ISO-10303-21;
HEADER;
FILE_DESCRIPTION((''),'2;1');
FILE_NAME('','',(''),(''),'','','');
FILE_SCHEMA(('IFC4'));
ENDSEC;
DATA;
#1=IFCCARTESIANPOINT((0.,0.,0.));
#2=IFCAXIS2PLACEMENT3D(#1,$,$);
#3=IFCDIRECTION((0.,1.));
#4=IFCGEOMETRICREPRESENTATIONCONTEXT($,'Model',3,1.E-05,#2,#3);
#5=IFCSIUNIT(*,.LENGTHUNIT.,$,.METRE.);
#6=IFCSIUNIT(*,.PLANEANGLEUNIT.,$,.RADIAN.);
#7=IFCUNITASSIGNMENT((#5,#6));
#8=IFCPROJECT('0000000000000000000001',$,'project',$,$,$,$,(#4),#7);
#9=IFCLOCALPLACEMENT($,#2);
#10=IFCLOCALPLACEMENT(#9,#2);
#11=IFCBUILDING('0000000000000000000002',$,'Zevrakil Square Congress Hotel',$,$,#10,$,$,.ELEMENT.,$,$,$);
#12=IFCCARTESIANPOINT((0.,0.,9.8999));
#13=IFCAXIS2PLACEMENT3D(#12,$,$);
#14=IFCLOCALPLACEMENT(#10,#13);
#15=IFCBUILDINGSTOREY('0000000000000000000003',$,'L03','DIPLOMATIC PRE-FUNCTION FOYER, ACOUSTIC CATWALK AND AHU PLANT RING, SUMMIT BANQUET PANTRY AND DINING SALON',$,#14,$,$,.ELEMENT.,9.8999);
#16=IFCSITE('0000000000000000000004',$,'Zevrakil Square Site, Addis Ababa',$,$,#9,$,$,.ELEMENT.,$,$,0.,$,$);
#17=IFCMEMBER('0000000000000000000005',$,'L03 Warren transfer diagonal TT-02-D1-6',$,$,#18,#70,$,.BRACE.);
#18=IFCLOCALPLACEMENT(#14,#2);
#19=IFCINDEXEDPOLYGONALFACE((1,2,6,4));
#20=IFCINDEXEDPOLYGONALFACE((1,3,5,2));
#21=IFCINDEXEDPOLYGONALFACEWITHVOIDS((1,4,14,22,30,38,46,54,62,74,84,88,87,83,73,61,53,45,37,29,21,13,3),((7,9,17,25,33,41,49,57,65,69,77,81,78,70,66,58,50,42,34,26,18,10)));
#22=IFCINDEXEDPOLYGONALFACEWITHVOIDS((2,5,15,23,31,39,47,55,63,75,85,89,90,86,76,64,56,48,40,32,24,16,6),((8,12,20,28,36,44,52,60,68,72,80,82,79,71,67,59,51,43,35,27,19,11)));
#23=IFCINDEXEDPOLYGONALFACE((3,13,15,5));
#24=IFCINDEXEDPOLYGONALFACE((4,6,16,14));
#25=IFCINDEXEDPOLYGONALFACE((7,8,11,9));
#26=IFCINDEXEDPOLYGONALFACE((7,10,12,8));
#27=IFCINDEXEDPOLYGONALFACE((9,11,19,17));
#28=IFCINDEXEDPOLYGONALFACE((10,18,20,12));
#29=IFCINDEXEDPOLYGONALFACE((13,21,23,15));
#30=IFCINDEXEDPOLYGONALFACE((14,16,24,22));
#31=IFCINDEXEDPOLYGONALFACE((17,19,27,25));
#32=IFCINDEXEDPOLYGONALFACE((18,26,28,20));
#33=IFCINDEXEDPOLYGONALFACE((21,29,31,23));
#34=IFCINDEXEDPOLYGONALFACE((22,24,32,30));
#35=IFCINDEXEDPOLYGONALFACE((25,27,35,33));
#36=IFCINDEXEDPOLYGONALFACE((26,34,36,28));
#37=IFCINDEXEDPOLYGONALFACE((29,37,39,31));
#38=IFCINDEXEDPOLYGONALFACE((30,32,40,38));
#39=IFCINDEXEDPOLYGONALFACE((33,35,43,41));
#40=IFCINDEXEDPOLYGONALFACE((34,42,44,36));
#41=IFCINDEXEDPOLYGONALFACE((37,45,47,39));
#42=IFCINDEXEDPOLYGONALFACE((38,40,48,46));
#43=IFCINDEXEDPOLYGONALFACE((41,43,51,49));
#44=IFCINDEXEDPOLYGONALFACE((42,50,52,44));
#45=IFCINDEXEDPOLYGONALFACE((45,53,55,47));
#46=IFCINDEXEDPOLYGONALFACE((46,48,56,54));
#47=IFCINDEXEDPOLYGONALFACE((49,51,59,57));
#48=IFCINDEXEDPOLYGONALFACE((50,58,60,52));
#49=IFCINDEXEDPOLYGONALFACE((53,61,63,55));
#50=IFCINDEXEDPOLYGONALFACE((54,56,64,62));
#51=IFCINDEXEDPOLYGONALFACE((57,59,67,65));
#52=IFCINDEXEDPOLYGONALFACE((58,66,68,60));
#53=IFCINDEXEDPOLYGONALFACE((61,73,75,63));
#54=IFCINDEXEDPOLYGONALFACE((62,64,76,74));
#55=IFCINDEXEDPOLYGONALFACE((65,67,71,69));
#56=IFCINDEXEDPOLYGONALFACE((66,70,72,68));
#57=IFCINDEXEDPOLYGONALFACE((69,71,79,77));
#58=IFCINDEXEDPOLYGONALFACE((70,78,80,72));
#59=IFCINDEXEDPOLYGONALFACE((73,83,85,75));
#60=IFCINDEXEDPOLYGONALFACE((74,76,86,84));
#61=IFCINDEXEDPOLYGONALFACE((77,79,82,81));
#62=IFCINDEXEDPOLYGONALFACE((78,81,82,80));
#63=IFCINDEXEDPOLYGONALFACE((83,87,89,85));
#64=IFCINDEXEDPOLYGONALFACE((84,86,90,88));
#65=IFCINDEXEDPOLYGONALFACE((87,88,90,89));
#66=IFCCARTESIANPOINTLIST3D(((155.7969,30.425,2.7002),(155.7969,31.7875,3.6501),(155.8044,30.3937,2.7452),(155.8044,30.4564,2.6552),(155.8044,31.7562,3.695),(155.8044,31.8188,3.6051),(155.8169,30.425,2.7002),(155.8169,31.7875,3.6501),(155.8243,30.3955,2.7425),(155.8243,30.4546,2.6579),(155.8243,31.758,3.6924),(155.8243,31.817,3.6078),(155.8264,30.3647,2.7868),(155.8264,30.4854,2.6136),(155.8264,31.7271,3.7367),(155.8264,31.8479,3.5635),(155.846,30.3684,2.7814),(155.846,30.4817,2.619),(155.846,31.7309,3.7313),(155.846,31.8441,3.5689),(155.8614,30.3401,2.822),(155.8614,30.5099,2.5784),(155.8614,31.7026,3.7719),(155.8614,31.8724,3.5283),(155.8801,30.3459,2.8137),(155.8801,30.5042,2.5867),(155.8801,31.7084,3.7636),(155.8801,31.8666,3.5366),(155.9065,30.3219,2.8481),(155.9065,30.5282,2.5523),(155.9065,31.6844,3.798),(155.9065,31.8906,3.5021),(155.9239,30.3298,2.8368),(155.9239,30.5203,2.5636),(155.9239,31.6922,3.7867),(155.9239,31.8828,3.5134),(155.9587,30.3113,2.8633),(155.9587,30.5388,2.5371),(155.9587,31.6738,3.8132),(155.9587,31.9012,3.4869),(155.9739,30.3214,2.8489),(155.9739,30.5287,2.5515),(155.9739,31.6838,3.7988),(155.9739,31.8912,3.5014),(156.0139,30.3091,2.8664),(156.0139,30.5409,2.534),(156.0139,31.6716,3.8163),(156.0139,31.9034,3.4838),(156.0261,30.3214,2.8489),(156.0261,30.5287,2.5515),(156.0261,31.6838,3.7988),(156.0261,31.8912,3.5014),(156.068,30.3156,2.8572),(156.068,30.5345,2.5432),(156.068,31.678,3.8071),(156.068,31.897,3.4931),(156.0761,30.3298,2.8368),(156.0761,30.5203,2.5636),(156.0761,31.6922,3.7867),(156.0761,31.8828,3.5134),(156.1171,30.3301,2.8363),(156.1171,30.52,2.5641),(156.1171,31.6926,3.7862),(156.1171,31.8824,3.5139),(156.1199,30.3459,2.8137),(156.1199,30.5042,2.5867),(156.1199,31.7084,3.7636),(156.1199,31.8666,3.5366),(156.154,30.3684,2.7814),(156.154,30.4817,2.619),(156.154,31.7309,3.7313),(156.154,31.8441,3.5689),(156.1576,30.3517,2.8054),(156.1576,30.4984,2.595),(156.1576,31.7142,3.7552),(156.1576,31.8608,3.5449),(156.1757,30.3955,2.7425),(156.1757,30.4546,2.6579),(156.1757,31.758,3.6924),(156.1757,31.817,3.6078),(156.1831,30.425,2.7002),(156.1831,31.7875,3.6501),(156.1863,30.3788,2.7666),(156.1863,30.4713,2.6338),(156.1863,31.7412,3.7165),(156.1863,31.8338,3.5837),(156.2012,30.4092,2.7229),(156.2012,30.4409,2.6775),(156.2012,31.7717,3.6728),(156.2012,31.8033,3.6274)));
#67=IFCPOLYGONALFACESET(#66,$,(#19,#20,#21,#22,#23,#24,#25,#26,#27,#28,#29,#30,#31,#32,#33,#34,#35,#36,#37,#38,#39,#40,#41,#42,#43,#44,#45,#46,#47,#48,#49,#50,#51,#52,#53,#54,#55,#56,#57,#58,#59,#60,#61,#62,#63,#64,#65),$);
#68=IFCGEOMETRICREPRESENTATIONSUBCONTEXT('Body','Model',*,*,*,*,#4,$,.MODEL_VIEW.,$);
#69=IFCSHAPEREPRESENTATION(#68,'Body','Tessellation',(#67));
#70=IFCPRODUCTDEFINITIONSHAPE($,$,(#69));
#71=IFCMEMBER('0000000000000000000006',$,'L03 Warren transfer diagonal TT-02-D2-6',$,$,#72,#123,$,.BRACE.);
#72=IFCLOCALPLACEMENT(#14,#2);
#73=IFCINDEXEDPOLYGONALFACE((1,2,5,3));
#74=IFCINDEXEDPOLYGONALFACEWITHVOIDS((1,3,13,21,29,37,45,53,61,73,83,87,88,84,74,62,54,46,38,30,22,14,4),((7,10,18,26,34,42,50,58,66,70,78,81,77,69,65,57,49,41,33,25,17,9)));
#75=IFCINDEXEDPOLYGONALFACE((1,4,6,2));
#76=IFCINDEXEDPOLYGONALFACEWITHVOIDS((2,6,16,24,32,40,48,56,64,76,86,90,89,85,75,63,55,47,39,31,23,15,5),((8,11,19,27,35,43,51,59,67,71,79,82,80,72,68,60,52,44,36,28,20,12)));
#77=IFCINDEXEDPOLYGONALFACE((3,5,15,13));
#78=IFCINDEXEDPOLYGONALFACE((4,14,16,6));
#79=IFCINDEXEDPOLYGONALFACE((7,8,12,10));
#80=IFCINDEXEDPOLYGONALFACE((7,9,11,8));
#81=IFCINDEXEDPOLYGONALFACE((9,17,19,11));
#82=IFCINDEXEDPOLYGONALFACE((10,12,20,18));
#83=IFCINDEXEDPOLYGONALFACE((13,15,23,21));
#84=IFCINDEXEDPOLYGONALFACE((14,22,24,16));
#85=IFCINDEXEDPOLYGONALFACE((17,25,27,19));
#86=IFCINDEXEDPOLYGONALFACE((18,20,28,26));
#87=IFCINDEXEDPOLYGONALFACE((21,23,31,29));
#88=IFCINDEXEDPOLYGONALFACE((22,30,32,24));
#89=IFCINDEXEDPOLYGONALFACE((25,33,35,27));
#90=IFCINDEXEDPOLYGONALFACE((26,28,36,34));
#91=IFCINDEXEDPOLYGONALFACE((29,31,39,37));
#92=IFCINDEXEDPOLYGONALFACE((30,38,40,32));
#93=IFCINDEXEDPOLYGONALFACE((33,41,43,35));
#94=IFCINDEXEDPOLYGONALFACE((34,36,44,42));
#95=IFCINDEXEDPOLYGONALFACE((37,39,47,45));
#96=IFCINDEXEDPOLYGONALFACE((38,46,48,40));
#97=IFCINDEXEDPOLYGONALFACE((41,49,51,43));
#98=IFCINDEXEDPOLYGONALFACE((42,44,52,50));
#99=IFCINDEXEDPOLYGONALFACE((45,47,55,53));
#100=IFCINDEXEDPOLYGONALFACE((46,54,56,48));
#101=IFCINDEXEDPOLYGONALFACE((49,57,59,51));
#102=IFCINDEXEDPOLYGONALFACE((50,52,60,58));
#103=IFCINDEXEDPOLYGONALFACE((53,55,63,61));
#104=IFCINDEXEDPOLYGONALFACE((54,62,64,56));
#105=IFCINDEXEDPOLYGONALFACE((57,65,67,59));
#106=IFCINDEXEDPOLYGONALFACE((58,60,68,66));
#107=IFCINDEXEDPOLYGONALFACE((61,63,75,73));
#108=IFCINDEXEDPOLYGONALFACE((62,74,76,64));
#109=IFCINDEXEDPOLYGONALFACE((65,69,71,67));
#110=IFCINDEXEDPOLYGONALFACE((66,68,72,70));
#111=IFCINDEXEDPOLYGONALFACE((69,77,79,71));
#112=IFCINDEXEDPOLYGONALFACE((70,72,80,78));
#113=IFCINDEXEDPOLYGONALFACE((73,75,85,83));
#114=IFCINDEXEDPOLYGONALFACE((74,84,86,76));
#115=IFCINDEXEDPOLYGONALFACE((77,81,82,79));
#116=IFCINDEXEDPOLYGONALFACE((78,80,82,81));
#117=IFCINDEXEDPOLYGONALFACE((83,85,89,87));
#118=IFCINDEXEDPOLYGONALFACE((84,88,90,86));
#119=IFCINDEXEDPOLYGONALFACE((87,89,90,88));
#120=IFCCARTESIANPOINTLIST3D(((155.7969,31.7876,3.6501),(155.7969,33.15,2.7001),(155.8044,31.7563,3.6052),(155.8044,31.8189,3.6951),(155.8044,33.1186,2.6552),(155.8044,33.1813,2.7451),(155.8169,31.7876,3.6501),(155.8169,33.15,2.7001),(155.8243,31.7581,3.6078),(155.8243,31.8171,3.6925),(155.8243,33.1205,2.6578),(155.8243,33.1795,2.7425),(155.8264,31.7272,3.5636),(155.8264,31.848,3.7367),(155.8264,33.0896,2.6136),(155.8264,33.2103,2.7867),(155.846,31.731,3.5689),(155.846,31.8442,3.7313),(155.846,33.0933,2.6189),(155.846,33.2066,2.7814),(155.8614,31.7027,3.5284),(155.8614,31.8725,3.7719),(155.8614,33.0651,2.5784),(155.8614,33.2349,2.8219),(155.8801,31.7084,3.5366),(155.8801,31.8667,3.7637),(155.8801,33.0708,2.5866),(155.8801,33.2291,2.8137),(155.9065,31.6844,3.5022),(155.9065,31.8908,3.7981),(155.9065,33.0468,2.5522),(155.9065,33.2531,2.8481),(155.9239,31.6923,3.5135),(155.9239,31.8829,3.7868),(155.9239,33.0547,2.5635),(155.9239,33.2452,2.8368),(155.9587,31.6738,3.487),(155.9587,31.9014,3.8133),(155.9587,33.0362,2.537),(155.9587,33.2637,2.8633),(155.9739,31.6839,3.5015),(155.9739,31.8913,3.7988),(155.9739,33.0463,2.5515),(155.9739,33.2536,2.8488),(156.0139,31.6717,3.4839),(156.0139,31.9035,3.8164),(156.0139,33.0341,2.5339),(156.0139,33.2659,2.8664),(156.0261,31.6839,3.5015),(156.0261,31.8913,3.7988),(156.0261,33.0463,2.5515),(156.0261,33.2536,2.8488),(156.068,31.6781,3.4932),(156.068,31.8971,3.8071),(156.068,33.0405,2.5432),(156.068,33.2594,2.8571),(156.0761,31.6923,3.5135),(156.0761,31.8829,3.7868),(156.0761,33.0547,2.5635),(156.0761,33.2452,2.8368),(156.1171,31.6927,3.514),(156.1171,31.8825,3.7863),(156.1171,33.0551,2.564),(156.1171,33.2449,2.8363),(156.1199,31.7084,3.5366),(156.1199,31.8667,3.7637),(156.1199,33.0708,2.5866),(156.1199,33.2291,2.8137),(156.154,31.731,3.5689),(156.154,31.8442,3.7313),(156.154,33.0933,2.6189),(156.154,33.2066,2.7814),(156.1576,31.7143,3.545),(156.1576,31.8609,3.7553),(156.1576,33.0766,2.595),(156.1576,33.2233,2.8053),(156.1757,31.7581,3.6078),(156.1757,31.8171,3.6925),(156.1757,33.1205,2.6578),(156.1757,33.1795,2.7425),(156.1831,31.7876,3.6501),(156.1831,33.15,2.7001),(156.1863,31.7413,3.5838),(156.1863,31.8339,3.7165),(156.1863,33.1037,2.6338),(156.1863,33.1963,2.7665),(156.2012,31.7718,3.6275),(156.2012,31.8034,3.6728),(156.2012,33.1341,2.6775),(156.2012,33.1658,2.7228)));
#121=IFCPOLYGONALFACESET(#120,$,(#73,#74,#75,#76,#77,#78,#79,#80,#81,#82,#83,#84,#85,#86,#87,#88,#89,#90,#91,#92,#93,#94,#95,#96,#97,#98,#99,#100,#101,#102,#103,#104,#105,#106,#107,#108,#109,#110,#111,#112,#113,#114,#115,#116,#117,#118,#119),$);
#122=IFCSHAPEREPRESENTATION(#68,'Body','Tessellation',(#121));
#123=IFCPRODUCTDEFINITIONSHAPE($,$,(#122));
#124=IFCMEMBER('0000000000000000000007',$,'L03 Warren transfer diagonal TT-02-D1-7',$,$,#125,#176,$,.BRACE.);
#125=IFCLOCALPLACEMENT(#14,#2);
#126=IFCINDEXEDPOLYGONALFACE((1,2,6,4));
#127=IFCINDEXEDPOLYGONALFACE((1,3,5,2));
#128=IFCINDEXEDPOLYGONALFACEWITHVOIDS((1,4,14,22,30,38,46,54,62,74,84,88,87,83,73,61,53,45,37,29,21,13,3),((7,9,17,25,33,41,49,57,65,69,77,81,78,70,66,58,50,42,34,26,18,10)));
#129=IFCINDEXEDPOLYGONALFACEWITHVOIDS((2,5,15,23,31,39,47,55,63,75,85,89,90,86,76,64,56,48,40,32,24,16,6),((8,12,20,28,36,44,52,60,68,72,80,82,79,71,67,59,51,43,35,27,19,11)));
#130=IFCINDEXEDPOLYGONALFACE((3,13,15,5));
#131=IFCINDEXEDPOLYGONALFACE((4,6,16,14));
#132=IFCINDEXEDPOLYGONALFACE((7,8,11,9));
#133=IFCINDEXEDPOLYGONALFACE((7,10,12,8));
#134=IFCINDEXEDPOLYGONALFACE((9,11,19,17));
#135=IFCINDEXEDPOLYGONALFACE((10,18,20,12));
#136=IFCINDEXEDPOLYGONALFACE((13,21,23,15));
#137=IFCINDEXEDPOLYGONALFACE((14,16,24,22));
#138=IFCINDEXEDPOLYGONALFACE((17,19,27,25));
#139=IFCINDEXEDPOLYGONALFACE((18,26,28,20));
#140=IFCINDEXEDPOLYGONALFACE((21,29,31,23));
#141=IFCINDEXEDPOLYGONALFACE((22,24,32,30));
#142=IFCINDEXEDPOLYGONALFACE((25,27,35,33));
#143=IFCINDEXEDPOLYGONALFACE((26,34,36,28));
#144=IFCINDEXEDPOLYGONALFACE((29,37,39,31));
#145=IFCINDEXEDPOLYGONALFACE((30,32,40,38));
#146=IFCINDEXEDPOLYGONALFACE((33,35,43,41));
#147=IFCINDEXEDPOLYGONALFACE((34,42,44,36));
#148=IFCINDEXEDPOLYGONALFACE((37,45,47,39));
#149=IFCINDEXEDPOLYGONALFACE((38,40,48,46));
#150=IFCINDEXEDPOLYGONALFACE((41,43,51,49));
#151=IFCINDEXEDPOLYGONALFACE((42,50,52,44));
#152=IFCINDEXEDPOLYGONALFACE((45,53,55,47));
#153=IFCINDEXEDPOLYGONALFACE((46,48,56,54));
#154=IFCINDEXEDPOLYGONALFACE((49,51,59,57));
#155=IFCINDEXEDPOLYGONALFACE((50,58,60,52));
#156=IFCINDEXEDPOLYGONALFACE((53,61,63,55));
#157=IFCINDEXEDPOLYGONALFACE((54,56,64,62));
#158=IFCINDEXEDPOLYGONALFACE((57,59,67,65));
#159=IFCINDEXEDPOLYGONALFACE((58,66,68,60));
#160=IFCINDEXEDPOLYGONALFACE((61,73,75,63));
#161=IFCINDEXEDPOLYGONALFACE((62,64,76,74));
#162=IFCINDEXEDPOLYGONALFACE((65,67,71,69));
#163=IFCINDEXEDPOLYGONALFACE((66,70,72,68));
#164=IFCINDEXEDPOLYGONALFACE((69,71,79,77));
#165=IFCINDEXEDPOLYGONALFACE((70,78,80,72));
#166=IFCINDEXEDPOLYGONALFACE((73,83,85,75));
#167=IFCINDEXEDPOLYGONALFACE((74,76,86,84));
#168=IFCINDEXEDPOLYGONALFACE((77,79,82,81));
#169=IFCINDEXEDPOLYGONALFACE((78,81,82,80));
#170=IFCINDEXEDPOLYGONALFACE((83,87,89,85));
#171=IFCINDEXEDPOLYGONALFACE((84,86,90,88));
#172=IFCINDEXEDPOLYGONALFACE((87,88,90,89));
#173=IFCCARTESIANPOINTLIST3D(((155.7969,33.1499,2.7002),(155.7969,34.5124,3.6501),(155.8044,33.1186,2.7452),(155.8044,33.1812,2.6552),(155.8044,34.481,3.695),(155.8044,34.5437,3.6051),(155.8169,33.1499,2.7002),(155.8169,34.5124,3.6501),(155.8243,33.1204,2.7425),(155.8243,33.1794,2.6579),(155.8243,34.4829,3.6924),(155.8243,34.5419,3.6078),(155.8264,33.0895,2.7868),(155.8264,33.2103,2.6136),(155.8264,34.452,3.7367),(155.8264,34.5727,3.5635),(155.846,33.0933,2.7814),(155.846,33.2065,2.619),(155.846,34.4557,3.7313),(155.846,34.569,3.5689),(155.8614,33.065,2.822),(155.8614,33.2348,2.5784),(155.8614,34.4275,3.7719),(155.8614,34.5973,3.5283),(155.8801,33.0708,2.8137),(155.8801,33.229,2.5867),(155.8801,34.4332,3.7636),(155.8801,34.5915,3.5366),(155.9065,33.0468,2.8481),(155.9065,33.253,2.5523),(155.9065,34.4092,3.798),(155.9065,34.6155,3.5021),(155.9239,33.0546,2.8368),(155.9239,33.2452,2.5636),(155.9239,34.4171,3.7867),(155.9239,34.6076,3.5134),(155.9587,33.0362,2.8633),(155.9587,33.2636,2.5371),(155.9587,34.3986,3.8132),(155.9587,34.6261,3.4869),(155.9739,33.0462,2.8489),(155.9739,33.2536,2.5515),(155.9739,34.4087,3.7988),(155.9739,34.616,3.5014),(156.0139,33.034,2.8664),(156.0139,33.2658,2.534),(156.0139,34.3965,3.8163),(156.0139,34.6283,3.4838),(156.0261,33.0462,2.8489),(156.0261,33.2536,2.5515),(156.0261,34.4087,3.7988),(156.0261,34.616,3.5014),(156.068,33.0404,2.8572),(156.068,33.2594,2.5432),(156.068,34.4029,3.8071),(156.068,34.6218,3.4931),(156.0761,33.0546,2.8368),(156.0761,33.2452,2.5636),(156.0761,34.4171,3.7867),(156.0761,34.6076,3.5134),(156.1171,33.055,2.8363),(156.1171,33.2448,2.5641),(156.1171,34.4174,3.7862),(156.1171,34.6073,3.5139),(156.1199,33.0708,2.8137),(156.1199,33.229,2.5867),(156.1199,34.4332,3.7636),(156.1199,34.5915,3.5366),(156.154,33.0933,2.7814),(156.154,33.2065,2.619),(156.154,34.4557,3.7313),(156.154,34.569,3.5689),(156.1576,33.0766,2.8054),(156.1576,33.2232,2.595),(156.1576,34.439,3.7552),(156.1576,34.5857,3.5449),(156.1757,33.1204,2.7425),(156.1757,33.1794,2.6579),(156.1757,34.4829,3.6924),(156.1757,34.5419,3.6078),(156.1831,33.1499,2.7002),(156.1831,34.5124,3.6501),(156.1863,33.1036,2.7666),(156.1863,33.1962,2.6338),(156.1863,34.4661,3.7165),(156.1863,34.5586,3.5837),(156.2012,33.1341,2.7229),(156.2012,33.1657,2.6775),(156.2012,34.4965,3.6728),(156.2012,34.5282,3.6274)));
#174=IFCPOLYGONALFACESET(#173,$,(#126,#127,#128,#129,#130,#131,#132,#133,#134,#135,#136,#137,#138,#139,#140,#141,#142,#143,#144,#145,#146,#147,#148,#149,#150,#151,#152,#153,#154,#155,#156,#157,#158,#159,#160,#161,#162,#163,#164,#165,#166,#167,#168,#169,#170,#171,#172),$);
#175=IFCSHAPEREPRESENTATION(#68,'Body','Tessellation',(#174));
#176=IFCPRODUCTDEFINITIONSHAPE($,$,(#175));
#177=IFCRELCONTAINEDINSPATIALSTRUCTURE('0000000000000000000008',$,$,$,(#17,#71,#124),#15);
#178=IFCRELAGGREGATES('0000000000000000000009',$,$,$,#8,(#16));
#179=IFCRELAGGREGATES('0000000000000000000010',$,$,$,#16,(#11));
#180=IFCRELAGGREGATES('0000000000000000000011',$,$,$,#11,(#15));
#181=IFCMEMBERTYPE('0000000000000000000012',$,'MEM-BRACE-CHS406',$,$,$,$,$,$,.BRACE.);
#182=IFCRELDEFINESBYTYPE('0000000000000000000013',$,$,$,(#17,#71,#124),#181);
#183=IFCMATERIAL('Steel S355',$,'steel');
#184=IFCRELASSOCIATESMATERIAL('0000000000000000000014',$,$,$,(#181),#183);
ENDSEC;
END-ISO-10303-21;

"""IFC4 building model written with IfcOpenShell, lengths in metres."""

from ifc_helpers import new_model, si_unit, direction, frame, origin, origin_2d, place, context, subcontext, project, spatial, hollow_circle, extrude, material, material_profile, profile_set, type_object, element, save


model = new_model("IFC4")

# Units and contexts
model_context = context("Model", 3, precision=1e-05, world=origin(), true_north=direction((0.0, 1.0)))
body_context = subcontext(model_context, "Body", "Model", "MODEL_VIEW")
ifc_project = project(units=[si_unit("LENGTHUNIT", "METRE"), si_unit("PLANEANGLEUNIT", "RADIAN")], contexts=[model_context])

# Site, building, storey
site_placement = place(None, origin())
site = spatial("IfcSite", under=ifc_project, at=site_placement, Name="Zevrakil Square Site, Addis Ababa", CompositionType="ELEMENT", RefElevation=0.0)
building_placement = place(site_placement, origin())
building = spatial("IfcBuilding", under=site, at=building_placement, Name="Zevrakil Square Congress Hotel", CompositionType="ELEMENT")
storey_placement = place(building_placement, frame((0.0, 0.0, 9.8999)))
storey = spatial("IfcBuildingStorey", under=building, at=storey_placement, Name="L03", Description="DIPLOMATIC PRE-FUNCTION FOYER, ACOUSTIC CATWALK AND AHU PLANT RING, SUMMIT BANQUET PANTRY AND DINING SALON", CompositionType="ELEMENT", Elevation=9.8999)

# Members
ifc_material_1 = material(Name="Steel S355", Category="steel")
ifc_material_profile_1 = material_profile(ifc_material_1, hollow_circle(Radius=0.2031, WallThickness=0.02, at=origin_2d()), Name="CHS 406.4x20")
ifc_profile_set_1 = profile_set([ifc_material_profile_1], Name="Steel S355")
member_type_1 = type_object("IfcMemberType", Name="MEM-BRACE-CHS406", PredefinedType="BRACE", material=ifc_profile_set_1)
for number, where, z_axis, x_axis, name in (
    (1, (156.0, 30.425, 2.7002), (0.0, 0.820315, 0.571913), (-1.0, 0.0, 0.0), "L03 Warren transfer diagonal TT-02-D1-6"),
    (2, (156.0, 31.7876, 3.6501), (0.0, 0.820266, -0.571982), (-1.0, 0.0, 0.0), "L03 Warren transfer diagonal TT-02-D2-6"),
    (3, (156.0, 33.1499, 2.7002), (0.0, 0.820315, 0.571913), (-1.0, 0.0, 0.0), "L03 Warren transfer diagonal TT-02-D1-7"),
):
    element("IfcMember", number, at=place(storey_placement, frame(where, z_axis=z_axis, x_axis=x_axis)), inside=storey, type_object=member_type_1, Name=name, PredefinedType="BRACE", context=body_context, shape_type="SweptSolid", body=[
        extrude(hollow_circle(Radius=0.2031, WallThickness=0.02, at=origin_2d()), origin(), (0.0, 0.0, 1.0), 1.6609),
    ])

save(model, "model.ifc")
